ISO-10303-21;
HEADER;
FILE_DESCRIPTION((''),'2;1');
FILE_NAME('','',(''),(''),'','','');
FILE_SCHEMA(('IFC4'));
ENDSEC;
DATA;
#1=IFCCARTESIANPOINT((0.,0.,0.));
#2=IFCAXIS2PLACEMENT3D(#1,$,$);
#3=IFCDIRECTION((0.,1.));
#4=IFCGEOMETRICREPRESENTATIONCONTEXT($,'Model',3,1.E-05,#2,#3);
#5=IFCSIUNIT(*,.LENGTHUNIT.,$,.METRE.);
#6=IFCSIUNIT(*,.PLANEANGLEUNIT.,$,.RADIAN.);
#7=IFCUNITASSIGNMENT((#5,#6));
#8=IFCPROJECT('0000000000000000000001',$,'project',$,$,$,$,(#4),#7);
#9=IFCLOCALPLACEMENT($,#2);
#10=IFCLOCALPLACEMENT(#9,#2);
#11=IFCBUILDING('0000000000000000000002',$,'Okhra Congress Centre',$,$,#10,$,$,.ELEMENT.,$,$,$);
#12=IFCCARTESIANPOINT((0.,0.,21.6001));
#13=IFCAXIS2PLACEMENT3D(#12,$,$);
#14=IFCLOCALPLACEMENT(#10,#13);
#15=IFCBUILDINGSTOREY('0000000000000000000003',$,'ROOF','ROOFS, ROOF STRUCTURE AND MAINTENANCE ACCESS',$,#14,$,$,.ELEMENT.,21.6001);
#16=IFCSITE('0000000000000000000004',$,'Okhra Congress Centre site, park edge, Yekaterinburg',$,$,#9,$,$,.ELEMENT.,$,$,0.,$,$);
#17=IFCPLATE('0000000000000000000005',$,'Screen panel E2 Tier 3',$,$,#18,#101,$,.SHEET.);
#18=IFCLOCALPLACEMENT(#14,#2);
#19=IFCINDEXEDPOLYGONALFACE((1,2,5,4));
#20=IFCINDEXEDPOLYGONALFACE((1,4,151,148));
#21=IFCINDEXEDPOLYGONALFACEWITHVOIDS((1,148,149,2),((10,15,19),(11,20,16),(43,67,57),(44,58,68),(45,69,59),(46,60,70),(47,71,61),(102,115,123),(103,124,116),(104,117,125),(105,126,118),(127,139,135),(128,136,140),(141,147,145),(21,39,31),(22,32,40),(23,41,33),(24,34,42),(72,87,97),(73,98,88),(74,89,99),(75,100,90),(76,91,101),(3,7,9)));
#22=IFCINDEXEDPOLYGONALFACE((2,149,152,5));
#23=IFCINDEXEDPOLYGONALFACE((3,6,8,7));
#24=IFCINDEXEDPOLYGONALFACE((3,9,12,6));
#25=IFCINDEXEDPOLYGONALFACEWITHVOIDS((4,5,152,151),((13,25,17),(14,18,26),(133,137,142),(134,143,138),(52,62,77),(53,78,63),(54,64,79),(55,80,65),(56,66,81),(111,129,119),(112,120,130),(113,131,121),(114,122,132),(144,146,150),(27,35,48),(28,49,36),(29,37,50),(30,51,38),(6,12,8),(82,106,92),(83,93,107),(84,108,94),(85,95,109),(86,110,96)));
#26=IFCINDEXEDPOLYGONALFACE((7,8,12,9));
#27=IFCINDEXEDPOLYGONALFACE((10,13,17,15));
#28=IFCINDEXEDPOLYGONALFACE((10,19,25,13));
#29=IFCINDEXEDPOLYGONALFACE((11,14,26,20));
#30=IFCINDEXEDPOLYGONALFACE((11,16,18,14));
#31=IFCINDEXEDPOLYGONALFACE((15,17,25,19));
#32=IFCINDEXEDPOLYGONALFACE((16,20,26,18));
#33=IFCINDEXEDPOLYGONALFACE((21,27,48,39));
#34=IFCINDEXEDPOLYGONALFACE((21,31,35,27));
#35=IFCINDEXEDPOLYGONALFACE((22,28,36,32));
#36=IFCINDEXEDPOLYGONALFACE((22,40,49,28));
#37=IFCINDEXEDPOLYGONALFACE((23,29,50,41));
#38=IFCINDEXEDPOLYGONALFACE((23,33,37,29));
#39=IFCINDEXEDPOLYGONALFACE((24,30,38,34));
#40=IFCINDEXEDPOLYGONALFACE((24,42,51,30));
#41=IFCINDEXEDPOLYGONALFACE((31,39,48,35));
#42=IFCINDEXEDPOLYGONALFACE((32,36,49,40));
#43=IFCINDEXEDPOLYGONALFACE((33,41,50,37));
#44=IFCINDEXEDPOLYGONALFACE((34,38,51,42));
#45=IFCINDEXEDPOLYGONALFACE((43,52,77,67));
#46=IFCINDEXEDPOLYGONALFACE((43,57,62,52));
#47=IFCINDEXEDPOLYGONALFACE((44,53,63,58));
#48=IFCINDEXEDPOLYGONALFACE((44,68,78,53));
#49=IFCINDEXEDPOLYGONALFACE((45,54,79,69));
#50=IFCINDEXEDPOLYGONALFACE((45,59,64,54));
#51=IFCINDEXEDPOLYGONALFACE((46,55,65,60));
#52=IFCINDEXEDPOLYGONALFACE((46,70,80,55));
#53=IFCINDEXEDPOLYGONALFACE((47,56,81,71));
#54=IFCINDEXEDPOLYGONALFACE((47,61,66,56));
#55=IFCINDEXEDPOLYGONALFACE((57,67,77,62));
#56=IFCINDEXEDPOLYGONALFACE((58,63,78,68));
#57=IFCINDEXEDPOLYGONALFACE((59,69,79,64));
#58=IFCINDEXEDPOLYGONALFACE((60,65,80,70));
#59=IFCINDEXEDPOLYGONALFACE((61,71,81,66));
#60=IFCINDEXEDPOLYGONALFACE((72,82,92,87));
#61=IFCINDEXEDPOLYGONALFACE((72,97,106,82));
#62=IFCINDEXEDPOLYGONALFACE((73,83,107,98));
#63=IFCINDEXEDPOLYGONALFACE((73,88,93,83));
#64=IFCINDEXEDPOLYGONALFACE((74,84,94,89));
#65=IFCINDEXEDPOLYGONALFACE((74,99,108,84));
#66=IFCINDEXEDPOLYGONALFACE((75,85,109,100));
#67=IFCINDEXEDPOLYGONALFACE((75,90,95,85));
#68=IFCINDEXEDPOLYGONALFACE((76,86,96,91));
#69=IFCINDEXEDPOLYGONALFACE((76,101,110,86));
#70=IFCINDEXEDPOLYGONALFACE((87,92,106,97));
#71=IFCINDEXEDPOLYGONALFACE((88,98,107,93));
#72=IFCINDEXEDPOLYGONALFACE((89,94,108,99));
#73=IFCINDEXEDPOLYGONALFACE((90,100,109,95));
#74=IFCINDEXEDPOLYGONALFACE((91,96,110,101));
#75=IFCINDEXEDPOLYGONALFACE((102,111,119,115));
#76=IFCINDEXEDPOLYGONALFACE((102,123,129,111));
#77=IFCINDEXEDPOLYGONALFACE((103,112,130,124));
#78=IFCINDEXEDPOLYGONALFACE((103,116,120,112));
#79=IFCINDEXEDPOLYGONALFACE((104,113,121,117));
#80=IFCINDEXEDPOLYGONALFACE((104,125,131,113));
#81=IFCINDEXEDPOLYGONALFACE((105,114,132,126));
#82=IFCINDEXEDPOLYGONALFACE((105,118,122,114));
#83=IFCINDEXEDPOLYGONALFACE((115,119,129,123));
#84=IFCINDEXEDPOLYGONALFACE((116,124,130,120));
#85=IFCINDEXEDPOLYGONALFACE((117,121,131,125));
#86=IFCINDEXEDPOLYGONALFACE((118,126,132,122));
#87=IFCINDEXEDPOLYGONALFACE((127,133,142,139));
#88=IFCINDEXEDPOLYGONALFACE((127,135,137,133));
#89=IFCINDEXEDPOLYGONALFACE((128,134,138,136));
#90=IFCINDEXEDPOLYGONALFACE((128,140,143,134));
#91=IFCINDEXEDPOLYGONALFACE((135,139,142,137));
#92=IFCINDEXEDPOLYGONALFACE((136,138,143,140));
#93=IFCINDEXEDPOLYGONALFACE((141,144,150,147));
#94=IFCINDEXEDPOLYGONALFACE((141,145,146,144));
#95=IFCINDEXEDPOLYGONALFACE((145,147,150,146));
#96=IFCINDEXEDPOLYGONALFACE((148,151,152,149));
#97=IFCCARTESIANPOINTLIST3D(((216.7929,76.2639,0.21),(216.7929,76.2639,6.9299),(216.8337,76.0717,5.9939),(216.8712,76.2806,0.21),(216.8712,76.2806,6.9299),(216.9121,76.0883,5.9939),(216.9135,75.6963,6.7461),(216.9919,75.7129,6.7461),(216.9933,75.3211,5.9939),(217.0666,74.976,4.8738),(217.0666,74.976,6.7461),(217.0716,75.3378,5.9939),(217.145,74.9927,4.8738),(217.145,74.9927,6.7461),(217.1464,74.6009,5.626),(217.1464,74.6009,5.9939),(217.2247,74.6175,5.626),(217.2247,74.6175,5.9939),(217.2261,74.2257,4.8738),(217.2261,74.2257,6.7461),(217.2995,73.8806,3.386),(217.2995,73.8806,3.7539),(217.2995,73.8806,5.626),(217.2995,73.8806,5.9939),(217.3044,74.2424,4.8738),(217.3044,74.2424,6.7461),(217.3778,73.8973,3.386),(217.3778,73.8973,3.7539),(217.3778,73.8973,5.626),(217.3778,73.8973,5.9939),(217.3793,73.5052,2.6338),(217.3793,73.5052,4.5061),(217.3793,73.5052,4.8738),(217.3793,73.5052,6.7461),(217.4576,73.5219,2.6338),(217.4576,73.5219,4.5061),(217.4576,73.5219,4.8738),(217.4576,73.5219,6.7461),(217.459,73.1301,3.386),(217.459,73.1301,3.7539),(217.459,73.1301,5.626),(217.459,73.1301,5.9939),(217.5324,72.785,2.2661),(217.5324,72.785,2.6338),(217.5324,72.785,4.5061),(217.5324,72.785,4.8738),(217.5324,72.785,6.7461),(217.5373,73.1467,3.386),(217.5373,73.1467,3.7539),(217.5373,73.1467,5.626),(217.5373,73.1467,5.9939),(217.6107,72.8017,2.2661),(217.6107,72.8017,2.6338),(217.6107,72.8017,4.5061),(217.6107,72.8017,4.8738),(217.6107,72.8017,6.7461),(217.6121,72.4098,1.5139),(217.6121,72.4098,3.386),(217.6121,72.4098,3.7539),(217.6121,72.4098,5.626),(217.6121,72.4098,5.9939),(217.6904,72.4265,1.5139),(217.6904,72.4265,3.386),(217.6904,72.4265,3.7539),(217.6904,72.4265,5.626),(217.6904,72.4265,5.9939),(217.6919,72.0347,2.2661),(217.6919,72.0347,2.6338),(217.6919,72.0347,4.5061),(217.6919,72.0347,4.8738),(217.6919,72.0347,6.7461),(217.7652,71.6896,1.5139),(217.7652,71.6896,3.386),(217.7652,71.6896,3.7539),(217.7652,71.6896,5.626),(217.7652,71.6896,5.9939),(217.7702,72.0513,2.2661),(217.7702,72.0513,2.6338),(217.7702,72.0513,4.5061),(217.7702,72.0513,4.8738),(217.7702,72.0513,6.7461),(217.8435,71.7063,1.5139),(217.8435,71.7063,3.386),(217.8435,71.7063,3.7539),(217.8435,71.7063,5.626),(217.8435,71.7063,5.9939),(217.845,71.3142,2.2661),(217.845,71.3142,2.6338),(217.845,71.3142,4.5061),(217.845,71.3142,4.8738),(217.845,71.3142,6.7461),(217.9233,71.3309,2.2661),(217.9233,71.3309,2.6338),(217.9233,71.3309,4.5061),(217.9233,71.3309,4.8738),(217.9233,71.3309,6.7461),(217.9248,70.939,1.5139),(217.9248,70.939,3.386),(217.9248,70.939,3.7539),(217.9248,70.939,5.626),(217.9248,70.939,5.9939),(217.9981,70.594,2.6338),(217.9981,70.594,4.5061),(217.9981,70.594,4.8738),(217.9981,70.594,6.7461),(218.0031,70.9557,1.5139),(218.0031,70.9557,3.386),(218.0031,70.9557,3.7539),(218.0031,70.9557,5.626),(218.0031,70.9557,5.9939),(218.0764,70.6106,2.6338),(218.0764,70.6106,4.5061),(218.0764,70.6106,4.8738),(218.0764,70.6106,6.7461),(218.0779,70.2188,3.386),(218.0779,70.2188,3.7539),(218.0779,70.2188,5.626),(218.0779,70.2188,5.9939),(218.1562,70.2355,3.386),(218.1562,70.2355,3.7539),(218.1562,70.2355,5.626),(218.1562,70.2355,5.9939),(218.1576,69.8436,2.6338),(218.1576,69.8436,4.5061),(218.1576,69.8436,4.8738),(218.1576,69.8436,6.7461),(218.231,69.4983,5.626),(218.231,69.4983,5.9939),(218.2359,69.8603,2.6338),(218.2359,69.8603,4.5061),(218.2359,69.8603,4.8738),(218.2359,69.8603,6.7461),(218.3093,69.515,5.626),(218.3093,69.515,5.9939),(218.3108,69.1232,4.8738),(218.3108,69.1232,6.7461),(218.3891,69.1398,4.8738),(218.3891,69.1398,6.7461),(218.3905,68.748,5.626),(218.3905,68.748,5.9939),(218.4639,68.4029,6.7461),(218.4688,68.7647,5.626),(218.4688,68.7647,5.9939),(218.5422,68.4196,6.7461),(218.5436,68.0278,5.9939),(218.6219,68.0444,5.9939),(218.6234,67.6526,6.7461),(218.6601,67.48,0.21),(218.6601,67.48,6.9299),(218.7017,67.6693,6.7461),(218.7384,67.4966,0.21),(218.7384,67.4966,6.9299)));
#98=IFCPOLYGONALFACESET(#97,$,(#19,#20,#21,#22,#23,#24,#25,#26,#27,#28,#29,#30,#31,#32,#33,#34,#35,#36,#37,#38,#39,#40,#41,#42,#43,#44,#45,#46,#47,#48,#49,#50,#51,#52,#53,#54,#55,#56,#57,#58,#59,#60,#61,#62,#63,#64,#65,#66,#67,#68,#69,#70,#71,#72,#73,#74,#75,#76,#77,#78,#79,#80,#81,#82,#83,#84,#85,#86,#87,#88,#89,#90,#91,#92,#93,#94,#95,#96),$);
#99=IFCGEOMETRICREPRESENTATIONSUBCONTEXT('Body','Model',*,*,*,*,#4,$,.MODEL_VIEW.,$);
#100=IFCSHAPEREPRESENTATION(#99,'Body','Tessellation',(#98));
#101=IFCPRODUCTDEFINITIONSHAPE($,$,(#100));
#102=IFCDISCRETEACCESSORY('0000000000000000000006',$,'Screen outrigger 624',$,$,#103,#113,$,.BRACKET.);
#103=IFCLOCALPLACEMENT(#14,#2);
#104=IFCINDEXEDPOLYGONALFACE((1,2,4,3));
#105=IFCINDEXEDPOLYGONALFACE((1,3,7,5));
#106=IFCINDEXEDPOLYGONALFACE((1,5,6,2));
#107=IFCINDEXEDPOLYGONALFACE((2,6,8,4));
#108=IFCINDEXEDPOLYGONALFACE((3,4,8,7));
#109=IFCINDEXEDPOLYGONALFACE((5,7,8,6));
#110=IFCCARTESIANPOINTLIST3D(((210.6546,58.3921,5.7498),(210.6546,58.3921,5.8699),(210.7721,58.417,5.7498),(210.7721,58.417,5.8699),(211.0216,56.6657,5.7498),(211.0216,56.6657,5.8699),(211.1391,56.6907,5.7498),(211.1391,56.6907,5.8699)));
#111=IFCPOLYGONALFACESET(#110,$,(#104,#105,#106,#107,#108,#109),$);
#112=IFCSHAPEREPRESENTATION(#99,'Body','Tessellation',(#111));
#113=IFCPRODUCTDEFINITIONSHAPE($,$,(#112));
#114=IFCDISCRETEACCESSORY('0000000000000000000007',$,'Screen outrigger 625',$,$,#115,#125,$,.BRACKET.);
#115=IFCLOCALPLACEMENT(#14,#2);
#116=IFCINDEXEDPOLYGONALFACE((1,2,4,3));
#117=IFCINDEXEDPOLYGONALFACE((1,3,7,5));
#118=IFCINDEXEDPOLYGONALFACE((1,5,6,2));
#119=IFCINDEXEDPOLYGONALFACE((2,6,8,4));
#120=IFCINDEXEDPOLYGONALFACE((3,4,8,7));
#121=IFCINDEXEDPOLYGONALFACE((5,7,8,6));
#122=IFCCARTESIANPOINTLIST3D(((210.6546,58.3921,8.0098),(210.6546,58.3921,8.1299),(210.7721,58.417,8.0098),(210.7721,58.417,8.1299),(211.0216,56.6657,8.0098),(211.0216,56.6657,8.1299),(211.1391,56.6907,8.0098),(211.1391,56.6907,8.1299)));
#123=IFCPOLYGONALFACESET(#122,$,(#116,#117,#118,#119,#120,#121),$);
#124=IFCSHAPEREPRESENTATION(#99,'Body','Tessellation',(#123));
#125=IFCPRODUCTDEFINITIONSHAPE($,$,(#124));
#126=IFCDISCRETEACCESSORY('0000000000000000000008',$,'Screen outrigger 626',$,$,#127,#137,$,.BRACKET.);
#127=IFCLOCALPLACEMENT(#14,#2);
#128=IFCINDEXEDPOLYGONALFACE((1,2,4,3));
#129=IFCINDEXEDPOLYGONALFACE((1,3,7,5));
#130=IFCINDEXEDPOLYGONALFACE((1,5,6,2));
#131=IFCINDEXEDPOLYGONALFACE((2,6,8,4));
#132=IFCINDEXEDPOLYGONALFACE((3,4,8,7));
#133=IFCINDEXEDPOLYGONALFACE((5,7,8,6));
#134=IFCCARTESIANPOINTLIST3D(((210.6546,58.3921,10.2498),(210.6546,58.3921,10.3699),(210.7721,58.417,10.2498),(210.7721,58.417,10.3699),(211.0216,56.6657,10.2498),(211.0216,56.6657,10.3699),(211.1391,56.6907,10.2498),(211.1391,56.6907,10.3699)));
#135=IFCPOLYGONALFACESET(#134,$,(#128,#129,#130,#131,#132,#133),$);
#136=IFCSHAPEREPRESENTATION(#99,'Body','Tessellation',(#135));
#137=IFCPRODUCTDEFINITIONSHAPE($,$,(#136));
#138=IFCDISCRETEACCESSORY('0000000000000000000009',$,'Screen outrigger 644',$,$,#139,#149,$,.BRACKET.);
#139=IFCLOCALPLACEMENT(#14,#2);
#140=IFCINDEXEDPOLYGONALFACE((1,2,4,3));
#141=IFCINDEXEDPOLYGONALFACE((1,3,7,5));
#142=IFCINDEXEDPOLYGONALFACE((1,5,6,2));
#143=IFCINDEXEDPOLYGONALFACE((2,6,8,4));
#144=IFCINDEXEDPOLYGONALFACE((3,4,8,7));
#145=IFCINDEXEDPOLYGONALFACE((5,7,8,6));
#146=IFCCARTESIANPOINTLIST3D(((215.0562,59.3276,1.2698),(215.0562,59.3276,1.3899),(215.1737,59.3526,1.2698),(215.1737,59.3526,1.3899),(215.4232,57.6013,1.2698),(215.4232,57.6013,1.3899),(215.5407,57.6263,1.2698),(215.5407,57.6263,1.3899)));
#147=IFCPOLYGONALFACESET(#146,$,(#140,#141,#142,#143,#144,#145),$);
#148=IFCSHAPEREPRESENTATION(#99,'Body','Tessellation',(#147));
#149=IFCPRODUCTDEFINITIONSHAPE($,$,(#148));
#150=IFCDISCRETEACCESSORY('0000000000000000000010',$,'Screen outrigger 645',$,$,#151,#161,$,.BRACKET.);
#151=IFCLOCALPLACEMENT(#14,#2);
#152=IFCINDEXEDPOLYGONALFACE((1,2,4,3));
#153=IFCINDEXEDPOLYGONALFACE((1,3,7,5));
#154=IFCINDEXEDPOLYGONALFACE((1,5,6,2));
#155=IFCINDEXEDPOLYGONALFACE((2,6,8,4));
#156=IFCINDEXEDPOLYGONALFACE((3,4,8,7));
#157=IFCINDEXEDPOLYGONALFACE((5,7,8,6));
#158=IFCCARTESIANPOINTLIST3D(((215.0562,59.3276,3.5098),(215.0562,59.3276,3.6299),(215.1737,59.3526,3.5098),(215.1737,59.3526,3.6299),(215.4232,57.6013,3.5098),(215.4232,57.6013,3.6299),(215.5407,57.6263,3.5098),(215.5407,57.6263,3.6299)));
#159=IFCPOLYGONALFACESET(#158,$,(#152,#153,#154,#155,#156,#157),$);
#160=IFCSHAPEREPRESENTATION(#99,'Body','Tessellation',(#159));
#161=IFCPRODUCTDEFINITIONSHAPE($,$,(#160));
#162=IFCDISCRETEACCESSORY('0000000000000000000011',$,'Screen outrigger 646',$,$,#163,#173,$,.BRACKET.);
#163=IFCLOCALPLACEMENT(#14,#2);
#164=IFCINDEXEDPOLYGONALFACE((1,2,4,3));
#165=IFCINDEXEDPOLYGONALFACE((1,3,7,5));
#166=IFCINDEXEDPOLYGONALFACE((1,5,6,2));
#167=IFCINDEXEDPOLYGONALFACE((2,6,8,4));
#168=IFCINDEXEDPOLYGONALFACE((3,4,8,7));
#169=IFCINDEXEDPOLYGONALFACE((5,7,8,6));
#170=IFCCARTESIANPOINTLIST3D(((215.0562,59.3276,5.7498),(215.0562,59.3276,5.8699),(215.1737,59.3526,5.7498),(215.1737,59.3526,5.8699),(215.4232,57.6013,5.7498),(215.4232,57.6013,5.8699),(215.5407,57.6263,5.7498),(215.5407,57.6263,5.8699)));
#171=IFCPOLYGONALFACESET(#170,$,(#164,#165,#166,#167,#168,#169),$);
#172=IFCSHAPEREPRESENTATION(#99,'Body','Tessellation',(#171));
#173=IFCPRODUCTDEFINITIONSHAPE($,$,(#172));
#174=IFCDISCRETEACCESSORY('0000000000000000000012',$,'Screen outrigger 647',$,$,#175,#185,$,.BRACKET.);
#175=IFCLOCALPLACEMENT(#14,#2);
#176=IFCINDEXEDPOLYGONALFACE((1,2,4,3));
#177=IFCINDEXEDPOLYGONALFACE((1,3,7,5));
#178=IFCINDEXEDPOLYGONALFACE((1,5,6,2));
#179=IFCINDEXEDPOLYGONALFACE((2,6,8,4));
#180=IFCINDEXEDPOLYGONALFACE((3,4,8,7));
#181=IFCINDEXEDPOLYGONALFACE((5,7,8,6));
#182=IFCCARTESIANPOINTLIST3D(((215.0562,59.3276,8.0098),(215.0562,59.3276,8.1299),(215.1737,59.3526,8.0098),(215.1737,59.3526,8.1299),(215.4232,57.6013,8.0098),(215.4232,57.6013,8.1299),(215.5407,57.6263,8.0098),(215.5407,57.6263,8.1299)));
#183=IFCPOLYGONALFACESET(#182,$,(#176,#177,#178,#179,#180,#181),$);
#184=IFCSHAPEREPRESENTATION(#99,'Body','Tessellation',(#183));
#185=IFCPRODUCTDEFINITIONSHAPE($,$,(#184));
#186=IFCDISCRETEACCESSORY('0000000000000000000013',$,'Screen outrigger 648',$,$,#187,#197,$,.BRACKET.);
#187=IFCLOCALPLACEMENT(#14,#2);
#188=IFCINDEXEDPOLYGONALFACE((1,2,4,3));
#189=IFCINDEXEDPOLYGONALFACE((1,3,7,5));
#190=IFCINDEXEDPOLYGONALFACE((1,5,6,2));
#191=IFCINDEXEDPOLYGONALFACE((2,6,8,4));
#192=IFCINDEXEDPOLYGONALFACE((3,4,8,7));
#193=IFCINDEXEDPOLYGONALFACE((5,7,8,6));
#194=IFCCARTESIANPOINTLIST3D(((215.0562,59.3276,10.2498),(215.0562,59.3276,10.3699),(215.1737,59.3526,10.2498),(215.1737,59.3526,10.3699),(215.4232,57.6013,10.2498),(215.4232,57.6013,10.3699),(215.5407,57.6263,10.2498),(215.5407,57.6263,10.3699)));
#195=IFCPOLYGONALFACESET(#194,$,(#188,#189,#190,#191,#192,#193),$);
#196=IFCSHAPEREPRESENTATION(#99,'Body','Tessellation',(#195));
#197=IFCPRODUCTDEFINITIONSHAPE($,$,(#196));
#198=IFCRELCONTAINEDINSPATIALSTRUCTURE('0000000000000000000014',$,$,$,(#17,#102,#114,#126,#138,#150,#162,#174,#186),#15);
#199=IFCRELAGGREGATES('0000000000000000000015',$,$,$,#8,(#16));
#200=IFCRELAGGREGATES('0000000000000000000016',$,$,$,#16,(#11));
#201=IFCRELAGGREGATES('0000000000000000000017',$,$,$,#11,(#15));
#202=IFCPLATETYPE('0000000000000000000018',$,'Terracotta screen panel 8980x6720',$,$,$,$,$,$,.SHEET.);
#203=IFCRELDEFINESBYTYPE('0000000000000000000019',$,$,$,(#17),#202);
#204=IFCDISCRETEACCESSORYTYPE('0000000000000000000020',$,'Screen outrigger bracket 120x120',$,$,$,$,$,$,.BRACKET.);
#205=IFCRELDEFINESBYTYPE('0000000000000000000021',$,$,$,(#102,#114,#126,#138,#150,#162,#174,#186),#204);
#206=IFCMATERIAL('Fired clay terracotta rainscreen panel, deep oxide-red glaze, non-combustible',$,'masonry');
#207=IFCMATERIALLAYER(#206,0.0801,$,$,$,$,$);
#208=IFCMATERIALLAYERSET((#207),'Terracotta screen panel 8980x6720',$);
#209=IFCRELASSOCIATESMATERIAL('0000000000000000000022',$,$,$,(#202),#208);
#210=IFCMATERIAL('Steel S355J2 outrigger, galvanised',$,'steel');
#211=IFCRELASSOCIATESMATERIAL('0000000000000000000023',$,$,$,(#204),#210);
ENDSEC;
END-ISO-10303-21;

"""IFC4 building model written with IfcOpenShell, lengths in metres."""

from ifc_helpers import new_model, si_unit, direction, frame, origin, origin_2d, place, context, subcontext, project, spatial, polyline, rectangle, outline, extrude, material, layer, layer_set, material_profile, profile_set, type_object, element, save


model = new_model("IFC4")

# Units and contexts
model_context = context("Model", 3, precision=1e-05, world=origin(), true_north=direction((0.0, 1.0)))
body_context = subcontext(model_context, "Body", "Model", "MODEL_VIEW")
ifc_project = project(units=[si_unit("LENGTHUNIT", "METRE"), si_unit("PLANEANGLEUNIT", "RADIAN")], contexts=[model_context])

# Site, building, storey
site_placement = place(None, origin())
site = spatial("IfcSite", under=ifc_project, at=site_placement, Name="Okhra Congress Centre site, park edge, Yekaterinburg", CompositionType="ELEMENT", RefElevation=0.0)
building_placement = place(site_placement, origin())
building = spatial("IfcBuilding", under=site, at=building_placement, Name="Okhra Congress Centre", CompositionType="ELEMENT")
storey_placement = place(building_placement, frame((0.0, 0.0, 21.6001)))
storey = spatial("IfcBuildingStorey", under=building, at=storey_placement, Name="ROOF", Description="ROOFS, ROOF STRUCTURE AND MAINTENANCE ACCESS", CompositionType="ELEMENT", Elevation=21.6001)

# Plate
ifc_material_1 = material(Name="Fired clay terracotta rainscreen panel, deep oxide-red glaze, non-combustible", Category="masonry")
ifc_layer_1 = layer(ifc_material_1, 0.0801)
ifc_layer_set_1 = layer_set([ifc_layer_1], Name="Terracotta screen panel 8980x6720")
plate_type_1 = type_object("IfcPlateType", Name="Terracotta screen panel 8980x6720", PredefinedType="SHEET", material=ifc_layer_set_1)
plate_1_placement = place(storey_placement, frame((218.6992, 67.4883, 0.21), z_axis=(0.0, 0.0, 1.0), x_axis=(-0.207923, 0.978145, 0.0)))
element("IfcPlate", 1, at=plate_1_placement, inside=storey, type_object=plate_type_1, Name="Screen panel E2 Tier 3", PredefinedType="SHEET", context=body_context, shape_type="SweptSolid", body=[
    extrude(outline(polyline([(0.0, 0.0), (8.9802, 0.0), (8.9802, 6.72), (0.0, 6.72), (0.0, 0.0)]), holes=[polyline([(3.5364, 1.304), (4.3037, 1.304), (3.9199, 2.0562), (3.5364, 1.304)]), polyline([(4.6565, 2.0562), (5.04, 1.304), (5.4236, 2.0562), (4.6565, 2.0562)]), polyline([(2.4165, 2.4238), (3.1836, 2.4238), (2.8, 3.176), (2.4165, 2.4238)]), polyline([(3.5364, 3.176), (3.9199, 2.4238), (4.3037, 3.176), (3.5364, 3.176)]), polyline([(4.6565, 2.4238), (5.4236, 2.4238), (5.04, 3.176), (4.6565, 2.4238)]), polyline([(5.7764, 3.176), (6.1599, 2.4238), (6.5437, 3.176), (5.7764, 3.176)]), polyline([(2.4165, 4.2961), (2.8, 3.5439), (3.1836, 4.2961), (2.4165, 4.2961)]), polyline([(3.5364, 3.5439), (4.3037, 3.5439), (3.9199, 4.2961), (3.5364, 3.5439)]), polyline([(4.6565, 4.2961), (5.04, 3.5439), (5.4236, 4.2961), (4.6565, 4.2961)]), polyline([(5.7764, 3.5439), (6.5437, 3.5439), (6.1599, 4.2961), (5.7764, 3.5439)]), polyline([(1.2964, 5.416), (1.6799, 4.6638), (2.0635, 5.416), (1.2964, 5.416)]), polyline([(2.4165, 4.6638), (3.1836, 4.6638), (2.8, 5.416), (2.4165, 4.6638)]), polyline([(3.5364, 5.416), (3.9199, 4.6638), (4.3037, 5.416), (3.5364, 5.416)]), polyline([(4.6565, 4.6638), (5.4236, 4.6638), (5.04, 5.416), (4.6565, 4.6638)]), polyline([(5.7764, 5.416), (6.1599, 4.6638), (6.5437, 5.416), (5.7764, 5.416)]), polyline([(6.8965, 4.6638), (7.6636, 4.6638), (7.28, 5.416), (6.8965, 4.6638)]), polyline([(0.1765, 6.5361), (0.5601, 5.7839), (0.9436, 6.5361), (0.1765, 6.5361)]), polyline([(1.2964, 5.7839), (2.0635, 5.7839), (1.6799, 6.5361), (1.2964, 5.7839)]), polyline([(2.4165, 6.5361), (2.8, 5.7839), (3.1836, 6.5361), (2.4165, 6.5361)]), polyline([(3.5364, 5.7839), (4.3037, 5.7839), (3.9199, 6.5361), (3.5364, 5.7839)]), polyline([(4.6565, 6.5361), (5.04, 5.7839), (5.4236, 6.5361), (4.6565, 6.5361)]), polyline([(5.7764, 5.7839), (6.5437, 5.7839), (6.1599, 6.5361), (5.7764, 5.7839)]), polyline([(6.8965, 6.5361), (7.28, 5.7839), (7.6636, 6.5361), (6.8965, 6.5361)]), polyline([(8.0164, 5.7839), (8.7837, 5.7839), (8.3999, 6.5361), (8.0164, 5.7839)])]), frame((0.0, 0.04, 0.0), z_axis=(0.0, -1.0, 0.0), x_axis=(1.0, 0.0, 0.0)), (0.0, 0.0, 1.0), 0.0801),
])

# Discrete accessories
ifc_material_2 = material(Name="Steel S355J2 outrigger, galvanised", Category="steel")
ifc_material_profile_1 = material_profile(ifc_material_2, rectangle(XDim=0.1201, YDim=0.1201, at=origin_2d()), Name="Screen outrigger bracket 120x120")
ifc_profile_set_1 = profile_set([ifc_material_profile_1], Name="Steel S355J2 outrigger, galvanised")
discrete_accessory_type = type_object("IfcDiscreteAccessoryType", Name="Screen outrigger bracket 120x120", PredefinedType="BRACKET", material=ifc_profile_set_1)
for number, where, z_axis, x_axis, name in (
    (2, (210.7134, 58.4045, 5.8098), (0.207913, -0.978147, 0.0), (0.978147, 0.207913, 0.0), "Screen outrigger 624"),
    (3, (210.7134, 58.4045, 8.0698), (0.207913, -0.978147, 0.0), (0.978147, 0.207913, 0.0), "Screen outrigger 625"),
    (4, (210.7134, 58.4045, 10.3098), (0.207913, -0.978147, 0.0), (0.978147, 0.207913, 0.0), "Screen outrigger 626"),
    (5, (215.115, 59.3401, 1.3298), (0.207913, -0.978147, 0.0), (0.978147, 0.207913, 0.0), "Screen outrigger 644"),
    (6, (215.115, 59.3401, 3.5698), (0.207913, -0.978147, 0.0), (0.978147, 0.207913, 0.0), "Screen outrigger 645"),
    (7, (215.115, 59.3401, 5.8098), (0.207913, -0.978147, 0.0), (0.978147, 0.207913, 0.0), "Screen outrigger 646"),
    (8, (215.115, 59.3401, 8.0698), (0.207913, -0.978147, 0.0), (0.978147, 0.207913, 0.0), "Screen outrigger 647"),
    (9, (215.115, 59.3401, 10.3098), (0.207913, -0.978147, 0.0), (0.978147, 0.207913, 0.0), "Screen outrigger 648"),
):
    element("IfcDiscreteAccessory", number, at=place(storey_placement, frame(where, z_axis=z_axis, x_axis=x_axis)), inside=storey, type_object=discrete_accessory_type, Name=name, PredefinedType="BRACKET", context=body_context, shape_type="SweptSolid", body=[
        extrude(rectangle(XDim=0.1201, YDim=0.1201, at=origin_2d()), origin(), (0.0, 0.0, 1.0), 1.7649),
    ])

save(model, "model.ifc")
